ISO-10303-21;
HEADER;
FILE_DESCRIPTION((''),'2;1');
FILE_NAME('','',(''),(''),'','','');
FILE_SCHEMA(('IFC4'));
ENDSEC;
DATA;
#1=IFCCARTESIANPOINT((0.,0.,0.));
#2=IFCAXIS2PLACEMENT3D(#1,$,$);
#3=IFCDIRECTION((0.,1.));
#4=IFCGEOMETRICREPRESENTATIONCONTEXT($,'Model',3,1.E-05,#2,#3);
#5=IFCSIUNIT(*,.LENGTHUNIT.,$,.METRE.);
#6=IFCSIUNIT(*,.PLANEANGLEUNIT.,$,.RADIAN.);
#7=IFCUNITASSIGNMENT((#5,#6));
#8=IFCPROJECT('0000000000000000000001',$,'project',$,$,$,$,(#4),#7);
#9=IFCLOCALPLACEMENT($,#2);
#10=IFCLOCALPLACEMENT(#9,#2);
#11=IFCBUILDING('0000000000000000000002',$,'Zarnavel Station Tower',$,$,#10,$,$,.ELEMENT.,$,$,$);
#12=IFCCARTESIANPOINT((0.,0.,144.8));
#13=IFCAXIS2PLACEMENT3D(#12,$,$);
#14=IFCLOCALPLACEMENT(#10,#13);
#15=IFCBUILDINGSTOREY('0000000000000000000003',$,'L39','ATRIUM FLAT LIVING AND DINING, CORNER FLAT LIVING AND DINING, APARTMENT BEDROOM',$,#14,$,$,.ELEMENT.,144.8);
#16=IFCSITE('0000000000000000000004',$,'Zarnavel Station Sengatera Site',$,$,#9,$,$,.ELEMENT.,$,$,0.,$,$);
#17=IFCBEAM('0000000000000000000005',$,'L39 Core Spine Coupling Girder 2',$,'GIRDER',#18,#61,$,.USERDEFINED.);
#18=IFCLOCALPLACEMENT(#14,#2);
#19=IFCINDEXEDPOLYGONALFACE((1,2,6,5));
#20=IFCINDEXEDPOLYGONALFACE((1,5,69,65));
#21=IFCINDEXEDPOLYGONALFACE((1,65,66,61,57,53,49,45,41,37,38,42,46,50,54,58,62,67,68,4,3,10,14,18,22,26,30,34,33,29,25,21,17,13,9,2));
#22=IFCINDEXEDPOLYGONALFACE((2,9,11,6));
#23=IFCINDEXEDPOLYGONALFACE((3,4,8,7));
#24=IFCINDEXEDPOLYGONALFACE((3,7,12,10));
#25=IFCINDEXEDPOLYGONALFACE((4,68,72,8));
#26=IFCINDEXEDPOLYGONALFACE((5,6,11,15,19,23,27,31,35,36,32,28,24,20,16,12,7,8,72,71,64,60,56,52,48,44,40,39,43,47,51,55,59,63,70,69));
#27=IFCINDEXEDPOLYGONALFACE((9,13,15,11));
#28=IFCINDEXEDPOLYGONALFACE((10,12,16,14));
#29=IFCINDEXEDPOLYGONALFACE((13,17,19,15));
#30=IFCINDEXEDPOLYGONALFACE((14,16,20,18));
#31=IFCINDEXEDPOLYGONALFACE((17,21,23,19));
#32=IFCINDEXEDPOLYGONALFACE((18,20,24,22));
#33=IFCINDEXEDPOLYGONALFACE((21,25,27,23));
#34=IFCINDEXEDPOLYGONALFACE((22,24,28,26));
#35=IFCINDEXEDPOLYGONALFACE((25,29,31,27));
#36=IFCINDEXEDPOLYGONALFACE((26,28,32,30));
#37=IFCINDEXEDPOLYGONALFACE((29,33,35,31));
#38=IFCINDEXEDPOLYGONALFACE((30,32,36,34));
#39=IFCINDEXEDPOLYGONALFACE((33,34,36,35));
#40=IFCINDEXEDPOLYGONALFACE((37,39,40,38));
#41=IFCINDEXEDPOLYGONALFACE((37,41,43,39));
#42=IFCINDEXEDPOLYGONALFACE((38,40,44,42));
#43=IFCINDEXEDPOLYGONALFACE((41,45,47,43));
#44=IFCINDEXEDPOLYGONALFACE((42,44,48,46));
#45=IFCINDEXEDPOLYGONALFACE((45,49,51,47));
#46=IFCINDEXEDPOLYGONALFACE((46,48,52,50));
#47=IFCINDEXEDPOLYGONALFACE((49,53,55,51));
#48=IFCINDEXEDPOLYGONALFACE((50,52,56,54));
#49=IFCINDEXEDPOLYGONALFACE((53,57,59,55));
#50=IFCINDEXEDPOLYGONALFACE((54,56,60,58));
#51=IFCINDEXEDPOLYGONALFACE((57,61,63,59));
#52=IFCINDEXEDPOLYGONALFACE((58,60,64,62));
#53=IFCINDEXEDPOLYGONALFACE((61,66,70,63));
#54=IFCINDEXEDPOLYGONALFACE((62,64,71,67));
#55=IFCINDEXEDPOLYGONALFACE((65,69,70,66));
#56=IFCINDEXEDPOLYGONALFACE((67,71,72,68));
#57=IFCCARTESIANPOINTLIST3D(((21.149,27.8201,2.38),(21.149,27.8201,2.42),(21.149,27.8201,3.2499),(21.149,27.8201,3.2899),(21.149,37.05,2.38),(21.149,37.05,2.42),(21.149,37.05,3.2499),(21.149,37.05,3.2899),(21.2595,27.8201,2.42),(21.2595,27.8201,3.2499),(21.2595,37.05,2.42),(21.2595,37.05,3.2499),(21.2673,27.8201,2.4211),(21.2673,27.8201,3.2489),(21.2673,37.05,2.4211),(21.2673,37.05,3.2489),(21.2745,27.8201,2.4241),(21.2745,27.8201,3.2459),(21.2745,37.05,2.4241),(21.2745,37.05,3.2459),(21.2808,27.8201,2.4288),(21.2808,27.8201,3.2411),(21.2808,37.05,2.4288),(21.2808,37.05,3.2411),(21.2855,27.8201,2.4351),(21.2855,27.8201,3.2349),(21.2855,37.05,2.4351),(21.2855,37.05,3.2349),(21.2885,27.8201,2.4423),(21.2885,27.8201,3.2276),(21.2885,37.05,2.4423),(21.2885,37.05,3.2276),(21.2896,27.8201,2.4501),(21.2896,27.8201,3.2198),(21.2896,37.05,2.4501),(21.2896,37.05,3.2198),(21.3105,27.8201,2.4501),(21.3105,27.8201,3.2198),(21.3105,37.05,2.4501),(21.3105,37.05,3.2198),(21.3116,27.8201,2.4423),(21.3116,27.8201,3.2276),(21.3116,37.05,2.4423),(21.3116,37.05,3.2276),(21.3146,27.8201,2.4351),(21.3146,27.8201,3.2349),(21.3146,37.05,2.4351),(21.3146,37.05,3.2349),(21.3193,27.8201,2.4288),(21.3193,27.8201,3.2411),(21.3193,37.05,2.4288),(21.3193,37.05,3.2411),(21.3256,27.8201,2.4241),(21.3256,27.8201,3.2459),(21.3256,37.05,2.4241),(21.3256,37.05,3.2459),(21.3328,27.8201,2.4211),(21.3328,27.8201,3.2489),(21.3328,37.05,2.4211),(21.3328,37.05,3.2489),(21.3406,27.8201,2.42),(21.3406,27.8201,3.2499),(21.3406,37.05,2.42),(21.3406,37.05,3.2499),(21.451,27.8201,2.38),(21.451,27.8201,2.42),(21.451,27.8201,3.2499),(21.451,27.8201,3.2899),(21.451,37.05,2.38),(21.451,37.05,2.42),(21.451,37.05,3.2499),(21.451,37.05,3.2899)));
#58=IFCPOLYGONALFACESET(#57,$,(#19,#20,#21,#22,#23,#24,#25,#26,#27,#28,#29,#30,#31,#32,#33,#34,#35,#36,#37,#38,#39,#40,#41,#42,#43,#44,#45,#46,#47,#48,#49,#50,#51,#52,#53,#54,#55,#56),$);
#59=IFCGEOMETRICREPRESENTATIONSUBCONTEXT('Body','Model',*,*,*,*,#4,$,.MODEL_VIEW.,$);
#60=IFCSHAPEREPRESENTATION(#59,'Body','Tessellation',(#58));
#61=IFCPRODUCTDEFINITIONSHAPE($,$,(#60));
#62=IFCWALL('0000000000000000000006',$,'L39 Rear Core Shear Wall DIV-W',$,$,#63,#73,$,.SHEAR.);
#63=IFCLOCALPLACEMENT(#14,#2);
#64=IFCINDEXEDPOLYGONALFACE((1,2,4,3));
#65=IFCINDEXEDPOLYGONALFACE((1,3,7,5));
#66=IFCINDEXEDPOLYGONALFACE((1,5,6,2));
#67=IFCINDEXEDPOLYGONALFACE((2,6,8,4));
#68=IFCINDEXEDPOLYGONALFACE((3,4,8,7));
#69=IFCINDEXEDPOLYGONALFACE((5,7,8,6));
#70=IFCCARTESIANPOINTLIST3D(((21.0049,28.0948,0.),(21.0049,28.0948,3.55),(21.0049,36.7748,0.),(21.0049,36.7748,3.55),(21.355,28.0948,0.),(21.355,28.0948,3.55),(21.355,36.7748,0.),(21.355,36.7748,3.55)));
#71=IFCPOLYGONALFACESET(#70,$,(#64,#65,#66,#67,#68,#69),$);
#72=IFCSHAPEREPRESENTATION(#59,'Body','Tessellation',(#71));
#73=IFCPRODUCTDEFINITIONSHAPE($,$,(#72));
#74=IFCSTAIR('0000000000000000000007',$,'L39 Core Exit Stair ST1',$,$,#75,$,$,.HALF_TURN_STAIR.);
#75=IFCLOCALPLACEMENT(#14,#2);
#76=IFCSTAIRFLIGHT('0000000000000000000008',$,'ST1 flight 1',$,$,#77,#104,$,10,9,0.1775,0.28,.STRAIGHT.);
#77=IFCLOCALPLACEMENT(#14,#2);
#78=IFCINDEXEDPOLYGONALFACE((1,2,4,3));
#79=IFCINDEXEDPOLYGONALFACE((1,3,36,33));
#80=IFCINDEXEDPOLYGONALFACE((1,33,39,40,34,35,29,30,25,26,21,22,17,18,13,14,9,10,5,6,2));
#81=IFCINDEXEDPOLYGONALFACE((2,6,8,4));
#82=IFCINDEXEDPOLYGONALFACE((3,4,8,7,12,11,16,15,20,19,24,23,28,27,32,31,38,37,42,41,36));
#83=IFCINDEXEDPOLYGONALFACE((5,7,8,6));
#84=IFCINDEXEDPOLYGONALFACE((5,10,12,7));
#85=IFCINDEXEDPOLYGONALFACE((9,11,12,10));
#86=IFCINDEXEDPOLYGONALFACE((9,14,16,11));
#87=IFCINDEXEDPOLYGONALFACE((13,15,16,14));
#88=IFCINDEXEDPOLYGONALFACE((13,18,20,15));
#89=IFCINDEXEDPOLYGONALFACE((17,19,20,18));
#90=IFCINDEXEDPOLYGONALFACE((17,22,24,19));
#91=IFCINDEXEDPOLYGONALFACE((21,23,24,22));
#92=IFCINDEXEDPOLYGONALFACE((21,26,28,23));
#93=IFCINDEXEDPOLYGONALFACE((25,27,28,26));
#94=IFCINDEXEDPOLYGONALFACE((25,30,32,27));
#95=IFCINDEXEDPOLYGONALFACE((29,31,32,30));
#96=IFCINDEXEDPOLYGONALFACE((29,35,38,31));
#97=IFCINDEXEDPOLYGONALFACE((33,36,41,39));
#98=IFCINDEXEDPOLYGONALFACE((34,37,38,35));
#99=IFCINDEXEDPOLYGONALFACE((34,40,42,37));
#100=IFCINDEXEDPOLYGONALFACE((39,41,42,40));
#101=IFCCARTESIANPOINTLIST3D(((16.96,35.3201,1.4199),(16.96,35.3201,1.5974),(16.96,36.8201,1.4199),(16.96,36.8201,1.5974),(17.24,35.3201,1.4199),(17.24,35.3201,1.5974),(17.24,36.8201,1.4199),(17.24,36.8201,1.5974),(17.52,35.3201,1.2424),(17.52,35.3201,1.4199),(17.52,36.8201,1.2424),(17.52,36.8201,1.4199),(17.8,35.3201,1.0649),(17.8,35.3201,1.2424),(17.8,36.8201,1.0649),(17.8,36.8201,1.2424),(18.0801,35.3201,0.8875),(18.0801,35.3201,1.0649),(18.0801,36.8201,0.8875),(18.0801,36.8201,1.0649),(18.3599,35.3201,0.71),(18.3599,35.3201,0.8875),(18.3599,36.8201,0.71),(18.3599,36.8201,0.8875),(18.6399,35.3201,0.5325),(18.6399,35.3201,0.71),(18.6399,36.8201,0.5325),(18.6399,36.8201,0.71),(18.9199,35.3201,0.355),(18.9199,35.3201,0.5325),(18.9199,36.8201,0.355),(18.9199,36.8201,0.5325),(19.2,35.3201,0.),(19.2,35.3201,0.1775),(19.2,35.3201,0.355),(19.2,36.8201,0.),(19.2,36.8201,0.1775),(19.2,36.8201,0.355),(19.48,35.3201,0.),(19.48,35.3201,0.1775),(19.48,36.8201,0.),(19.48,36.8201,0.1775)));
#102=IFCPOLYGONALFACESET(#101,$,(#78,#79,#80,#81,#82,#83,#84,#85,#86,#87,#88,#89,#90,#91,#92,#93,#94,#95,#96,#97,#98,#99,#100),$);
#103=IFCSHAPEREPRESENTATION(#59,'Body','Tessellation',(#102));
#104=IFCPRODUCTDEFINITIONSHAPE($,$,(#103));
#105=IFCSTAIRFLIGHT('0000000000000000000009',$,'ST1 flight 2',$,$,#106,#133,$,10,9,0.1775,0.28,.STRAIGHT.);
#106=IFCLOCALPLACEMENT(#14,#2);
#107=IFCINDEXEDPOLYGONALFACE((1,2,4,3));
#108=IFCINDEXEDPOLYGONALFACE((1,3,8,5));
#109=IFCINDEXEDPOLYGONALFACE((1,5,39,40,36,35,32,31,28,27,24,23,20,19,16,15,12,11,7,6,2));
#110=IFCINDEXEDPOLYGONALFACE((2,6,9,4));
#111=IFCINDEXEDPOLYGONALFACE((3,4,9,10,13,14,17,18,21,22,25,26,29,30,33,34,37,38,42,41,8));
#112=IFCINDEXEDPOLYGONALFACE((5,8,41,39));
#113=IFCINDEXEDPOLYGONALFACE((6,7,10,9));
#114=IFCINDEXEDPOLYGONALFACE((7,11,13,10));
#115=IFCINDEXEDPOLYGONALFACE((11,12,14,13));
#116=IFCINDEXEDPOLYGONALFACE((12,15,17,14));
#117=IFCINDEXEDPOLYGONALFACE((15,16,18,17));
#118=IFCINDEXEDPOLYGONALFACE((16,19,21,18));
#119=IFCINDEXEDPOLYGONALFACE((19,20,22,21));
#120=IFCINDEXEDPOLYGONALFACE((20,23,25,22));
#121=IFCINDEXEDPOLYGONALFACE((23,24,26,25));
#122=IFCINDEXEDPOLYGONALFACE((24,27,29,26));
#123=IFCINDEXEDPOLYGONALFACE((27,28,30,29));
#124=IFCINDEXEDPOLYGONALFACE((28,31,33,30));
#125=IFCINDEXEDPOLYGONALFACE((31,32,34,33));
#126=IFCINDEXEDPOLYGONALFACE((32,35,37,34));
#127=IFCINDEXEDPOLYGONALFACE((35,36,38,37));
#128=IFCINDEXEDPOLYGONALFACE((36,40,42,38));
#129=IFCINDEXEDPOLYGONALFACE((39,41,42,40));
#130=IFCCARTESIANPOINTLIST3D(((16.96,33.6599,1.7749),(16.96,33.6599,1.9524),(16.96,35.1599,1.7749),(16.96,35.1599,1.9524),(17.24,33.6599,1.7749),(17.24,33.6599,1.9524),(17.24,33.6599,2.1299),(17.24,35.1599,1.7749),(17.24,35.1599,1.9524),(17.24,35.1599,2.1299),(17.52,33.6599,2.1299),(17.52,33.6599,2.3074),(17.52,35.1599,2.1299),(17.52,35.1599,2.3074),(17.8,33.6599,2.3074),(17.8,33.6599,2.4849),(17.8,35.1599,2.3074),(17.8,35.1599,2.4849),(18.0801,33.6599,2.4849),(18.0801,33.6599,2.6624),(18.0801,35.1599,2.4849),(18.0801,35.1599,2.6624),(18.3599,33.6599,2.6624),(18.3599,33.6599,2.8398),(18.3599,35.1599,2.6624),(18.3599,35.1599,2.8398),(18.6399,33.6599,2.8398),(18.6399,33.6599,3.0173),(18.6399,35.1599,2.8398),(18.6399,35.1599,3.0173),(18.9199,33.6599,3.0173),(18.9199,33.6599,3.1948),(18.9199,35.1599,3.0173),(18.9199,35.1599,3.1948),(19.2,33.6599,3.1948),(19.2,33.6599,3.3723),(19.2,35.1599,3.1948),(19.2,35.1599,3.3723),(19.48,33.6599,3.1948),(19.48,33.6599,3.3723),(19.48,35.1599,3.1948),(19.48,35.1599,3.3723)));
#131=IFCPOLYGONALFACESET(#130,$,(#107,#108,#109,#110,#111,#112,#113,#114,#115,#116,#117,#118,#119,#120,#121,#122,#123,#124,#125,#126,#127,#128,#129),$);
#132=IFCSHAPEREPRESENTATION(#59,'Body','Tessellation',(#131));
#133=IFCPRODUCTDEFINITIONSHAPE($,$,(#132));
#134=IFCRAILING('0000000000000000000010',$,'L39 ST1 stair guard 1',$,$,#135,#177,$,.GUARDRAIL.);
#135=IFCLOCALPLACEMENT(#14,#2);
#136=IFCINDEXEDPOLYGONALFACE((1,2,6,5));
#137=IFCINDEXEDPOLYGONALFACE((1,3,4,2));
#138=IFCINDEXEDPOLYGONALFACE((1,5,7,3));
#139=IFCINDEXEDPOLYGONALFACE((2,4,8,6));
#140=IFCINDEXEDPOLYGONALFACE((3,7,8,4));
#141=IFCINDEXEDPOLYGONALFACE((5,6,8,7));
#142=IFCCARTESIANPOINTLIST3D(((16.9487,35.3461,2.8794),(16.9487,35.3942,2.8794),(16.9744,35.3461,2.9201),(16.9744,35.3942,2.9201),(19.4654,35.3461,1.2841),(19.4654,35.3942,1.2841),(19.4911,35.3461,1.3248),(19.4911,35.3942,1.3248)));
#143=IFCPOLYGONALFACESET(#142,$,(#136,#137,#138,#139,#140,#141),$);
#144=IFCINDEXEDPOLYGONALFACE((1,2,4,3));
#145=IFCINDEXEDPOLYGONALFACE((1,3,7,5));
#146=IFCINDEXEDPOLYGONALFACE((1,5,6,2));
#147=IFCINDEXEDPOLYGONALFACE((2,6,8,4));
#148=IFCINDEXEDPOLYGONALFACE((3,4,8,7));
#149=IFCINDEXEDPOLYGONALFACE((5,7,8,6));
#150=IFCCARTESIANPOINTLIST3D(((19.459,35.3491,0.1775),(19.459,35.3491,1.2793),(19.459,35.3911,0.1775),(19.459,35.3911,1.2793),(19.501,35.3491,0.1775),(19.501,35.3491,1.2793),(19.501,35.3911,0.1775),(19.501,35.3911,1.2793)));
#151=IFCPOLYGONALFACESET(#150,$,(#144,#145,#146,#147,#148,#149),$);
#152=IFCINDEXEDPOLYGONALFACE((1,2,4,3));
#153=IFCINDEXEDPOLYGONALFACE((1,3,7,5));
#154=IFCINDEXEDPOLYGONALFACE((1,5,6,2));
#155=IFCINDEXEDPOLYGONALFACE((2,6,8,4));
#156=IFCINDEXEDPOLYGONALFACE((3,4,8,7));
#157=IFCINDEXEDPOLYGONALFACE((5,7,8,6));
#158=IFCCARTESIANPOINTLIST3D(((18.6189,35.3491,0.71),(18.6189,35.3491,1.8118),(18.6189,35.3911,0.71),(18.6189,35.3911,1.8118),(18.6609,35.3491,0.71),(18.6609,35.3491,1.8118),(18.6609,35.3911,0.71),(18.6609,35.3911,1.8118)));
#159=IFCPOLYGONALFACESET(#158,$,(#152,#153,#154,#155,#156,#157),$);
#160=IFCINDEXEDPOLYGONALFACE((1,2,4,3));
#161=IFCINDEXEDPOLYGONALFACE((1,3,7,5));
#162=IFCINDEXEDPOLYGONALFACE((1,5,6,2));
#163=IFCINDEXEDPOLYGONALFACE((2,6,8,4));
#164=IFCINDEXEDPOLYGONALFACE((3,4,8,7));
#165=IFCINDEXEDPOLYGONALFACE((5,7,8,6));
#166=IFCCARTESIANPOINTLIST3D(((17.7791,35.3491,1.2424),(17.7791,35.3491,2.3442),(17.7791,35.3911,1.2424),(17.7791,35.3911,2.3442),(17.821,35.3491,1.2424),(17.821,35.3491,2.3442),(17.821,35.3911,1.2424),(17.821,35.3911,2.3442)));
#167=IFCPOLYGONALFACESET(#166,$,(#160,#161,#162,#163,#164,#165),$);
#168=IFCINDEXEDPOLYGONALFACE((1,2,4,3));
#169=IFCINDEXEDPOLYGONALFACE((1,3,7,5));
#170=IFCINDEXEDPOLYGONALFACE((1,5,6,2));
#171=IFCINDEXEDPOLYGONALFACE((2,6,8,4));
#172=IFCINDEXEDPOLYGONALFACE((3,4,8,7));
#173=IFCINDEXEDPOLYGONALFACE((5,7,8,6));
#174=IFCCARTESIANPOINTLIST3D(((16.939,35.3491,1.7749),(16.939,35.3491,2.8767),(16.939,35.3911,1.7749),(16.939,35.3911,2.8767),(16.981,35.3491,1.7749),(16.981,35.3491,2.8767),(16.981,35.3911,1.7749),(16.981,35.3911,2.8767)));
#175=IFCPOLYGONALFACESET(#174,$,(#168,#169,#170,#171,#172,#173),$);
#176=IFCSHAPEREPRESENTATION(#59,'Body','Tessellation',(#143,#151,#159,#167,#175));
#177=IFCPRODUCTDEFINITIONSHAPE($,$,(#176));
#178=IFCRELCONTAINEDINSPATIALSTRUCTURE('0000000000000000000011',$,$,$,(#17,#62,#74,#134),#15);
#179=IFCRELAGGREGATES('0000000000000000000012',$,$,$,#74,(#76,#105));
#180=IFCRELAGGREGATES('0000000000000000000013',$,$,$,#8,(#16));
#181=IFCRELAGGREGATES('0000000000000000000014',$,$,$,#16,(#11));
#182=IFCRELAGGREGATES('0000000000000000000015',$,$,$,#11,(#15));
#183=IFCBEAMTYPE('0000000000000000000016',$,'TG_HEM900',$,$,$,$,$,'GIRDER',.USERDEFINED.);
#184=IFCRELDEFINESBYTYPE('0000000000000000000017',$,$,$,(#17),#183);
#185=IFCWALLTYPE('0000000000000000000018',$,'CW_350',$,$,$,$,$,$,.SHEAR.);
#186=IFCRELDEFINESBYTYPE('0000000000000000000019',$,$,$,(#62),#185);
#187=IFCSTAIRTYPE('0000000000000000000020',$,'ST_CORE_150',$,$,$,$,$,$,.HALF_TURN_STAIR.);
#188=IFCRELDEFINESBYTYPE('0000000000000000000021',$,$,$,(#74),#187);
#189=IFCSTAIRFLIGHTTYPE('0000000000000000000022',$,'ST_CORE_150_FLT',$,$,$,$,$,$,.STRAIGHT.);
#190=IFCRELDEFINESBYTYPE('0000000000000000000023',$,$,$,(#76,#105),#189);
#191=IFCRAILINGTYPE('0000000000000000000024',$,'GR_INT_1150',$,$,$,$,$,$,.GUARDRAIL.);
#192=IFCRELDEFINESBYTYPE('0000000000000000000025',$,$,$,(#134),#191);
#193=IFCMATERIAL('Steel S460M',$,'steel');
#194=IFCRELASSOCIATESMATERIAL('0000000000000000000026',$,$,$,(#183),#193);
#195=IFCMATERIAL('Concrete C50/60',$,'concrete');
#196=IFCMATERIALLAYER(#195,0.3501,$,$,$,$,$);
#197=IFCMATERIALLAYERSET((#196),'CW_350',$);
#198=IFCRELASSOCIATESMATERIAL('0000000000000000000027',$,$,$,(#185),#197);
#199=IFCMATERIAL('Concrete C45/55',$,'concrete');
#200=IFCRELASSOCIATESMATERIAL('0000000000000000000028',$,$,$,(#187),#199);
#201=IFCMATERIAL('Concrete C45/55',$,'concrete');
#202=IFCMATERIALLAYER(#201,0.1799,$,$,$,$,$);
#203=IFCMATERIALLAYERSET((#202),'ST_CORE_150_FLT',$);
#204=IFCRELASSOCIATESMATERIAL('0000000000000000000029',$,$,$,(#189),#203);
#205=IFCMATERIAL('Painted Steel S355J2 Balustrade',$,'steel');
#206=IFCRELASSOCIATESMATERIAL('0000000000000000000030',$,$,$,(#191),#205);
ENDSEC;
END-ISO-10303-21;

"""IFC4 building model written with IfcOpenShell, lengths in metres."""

from ifc_helpers import new_model, si_unit, direction, frame, frame_2d, origin, origin_2d, place, context, subcontext, project, spatial, polyline, rectangle, i_section, outline, extrude, material, layer, layer_set, material_profile, profile_set, type_object, element, aggregate, save


model = new_model("IFC4")

# Units and contexts
model_context = context("Model", 3, precision=1e-05, world=origin(), true_north=direction((0.0, 1.0)))
body_context = subcontext(model_context, "Body", "Model", "MODEL_VIEW")
ifc_project = project(units=[si_unit("LENGTHUNIT", "METRE"), si_unit("PLANEANGLEUNIT", "RADIAN")], contexts=[model_context])

# Site, building, storey
site_placement = place(None, origin())
site = spatial("IfcSite", under=ifc_project, at=site_placement, Name="Zarnavel Station Sengatera Site", CompositionType="ELEMENT", RefElevation=0.0)
building_placement = place(site_placement, origin())
building = spatial("IfcBuilding", under=site, at=building_placement, Name="Zarnavel Station Tower", CompositionType="ELEMENT")
storey_placement = place(building_placement, frame((0.0, 0.0, 144.8)))
storey = spatial("IfcBuildingStorey", under=building, at=storey_placement, Name="L39", Description="ATRIUM FLAT LIVING AND DINING, CORNER FLAT LIVING AND DINING, APARTMENT BEDROOM", CompositionType="ELEMENT", Elevation=144.8)

# Beam
ifc_material_1 = material(Name="Steel S460M", Category="steel")
ifc_material_profile_1 = material_profile(ifc_material_1, i_section(OverallWidth=0.302, OverallDepth=0.9099, WebThickness=0.021, FlangeThickness=0.04, FilletRadius=0.03, at=origin_2d()), Name="HEM900")
ifc_profile_set_1 = profile_set([ifc_material_profile_1], Name="Steel S460M")
beam_type_1 = type_object("IfcBeamType", Name="TG_HEM900", ElementType="GIRDER", PredefinedType="USERDEFINED", material=ifc_profile_set_1)
beam_1_placement = place(storey_placement, frame((21.3, 27.8201, 2.835), z_axis=(0.0, 1.0, 0.0), x_axis=(-1.0, 0.0, 0.0)))
element("IfcBeam", 1, at=beam_1_placement, inside=storey, type_object=beam_type_1, Name="L39 Core Spine Coupling Girder 2", ObjectType="GIRDER", PredefinedType="USERDEFINED", context=body_context, shape_type="SweptSolid", body=[
    extrude(i_section(OverallWidth=0.302, OverallDepth=0.9099, WebThickness=0.021, FlangeThickness=0.04, FilletRadius=0.03, at=origin_2d()), origin(), (0.0, 0.0, 1.0), 9.23),
])

# Wall
ifc_material_2 = material(Name="Concrete C50/60", Category="concrete")
ifc_layer_1 = layer(ifc_material_2, 0.3501)
ifc_layer_set_1 = layer_set([ifc_layer_1], Name="CW_350")
wall_type_1 = type_object("IfcWallType", Name="CW_350", PredefinedType="SHEAR", material=ifc_layer_set_1)
wall_1_placement = place(storey_placement, frame((21.1799, 28.095, 0.0), z_axis=(0.0, 0.0, 1.0), x_axis=(0.0, 1.0, 0.0)))
element("IfcWall", 2, at=wall_1_placement, inside=storey, type_object=wall_type_1, Name="L39 Rear Core Shear Wall DIV-W", PredefinedType="SHEAR", context=body_context, shape_type="SweptSolid", body=[
    extrude(rectangle(XDim=8.6799, YDim=0.3501, at=frame_2d((4.3398, 0.0))), origin(), (0.0, 0.0, 1.0), 3.55),
])

# Stair, stair flights
ifc_material_3 = material(Name="Concrete C45/55", Category="concrete")
stair_type = type_object("IfcStairType", Name="ST_CORE_150", PredefinedType="HALF_TURN_STAIR", material=ifc_material_3)
stair_placement = place(storey_placement, origin())
stair = element("IfcStair", 3, at=stair_placement, inside=storey, type_object=stair_type, Name="L39 Core Exit Stair ST1", PredefinedType="HALF_TURN_STAIR")
ifc_material_4 = material(Name="Concrete C45/55", Category="concrete")
ifc_layer_2 = layer(ifc_material_4, 0.1799)
ifc_layer_set_2 = layer_set([ifc_layer_2], Name="ST_CORE_150_FLT")
stair_flight_type = type_object("IfcStairFlightType", Name="ST_CORE_150_FLT", PredefinedType="STRAIGHT", material=ifc_layer_set_2)
stair_flight_1_placement = place(storey_placement, frame((19.48, 36.0701, 0.0), z_axis=(0.0, 0.0, 1.0), x_axis=(-1.0, 0.0, 0.0)))
stair_flight_1 = element("IfcStairFlight", 4, at=stair_flight_1_placement, type_object=stair_flight_type, Name="ST1 flight 1", NumberOfRisers=10, NumberOfTreads=9, PredefinedType="STRAIGHT", RiserHeight=0.1775, TreadLength=0.28, context=body_context, shape_type="SweptSolid", body=[
    extrude(outline(polyline([(0.0, 0.0), (0.0, 0.1775), (0.28, 0.1775), (0.28, 0.355), (0.5601, 0.355), (0.5601, 0.5325), (0.8401, 0.5325), (0.8401, 0.71), (1.1201, 0.71), (1.1201, 0.8875), (1.3999, 0.8875), (1.3999, 1.0649), (1.6799, 1.0649), (1.6799, 1.2424), (1.96, 1.2424), (1.96, 1.4199), (2.24, 1.4199), (2.24, 1.5974), (2.52, 1.5974), (2.52, 1.7749), (2.52, 1.4199), (0.28, 0.0), (0.0, 0.0)])), frame((0.0, 0.75, 0.0), z_axis=(0.0, -1.0, 0.0), x_axis=(1.0, 0.0, 0.0)), (0.0, 0.0, 1.0), 1.5),
])
stair_flight_2_placement = place(storey_placement, frame((16.96, 34.4099, 1.7749), z_axis=(0.0, 0.0, 1.0), x_axis=(1.0, 0.0, 0.0)))
stair_flight_2 = element("IfcStairFlight", 5, at=stair_flight_2_placement, type_object=stair_flight_type, Name="ST1 flight 2", NumberOfRisers=10, NumberOfTreads=9, PredefinedType="STRAIGHT", RiserHeight=0.1775, TreadLength=0.28, context=body_context, shape_type="SweptSolid", body=[
    extrude(outline(polyline([(0.0, 0.0), (0.0, 0.1775), (0.28, 0.1775), (0.28, 0.355), (0.5601, 0.355), (0.5601, 0.5325), (0.8401, 0.5325), (0.8401, 0.71), (1.1201, 0.71), (1.1201, 0.8875), (1.3999, 0.8875), (1.3999, 1.0649), (1.6799, 1.0649), (1.6799, 1.2424), (1.96, 1.2424), (1.96, 1.4199), (2.24, 1.4199), (2.24, 1.5974), (2.52, 1.5974), (2.52, 1.7749), (2.52, 1.4199), (0.28, 0.0), (0.0, 0.0)])), frame((0.0, 0.75, 0.0), z_axis=(0.0, -1.0, 0.0), x_axis=(1.0, 0.0, 0.0)), (0.0, 0.0, 1.0), 1.5),
])
aggregate(stair, [stair_flight_1, stair_flight_2])

# Railing
ifc_material_5 = material(Name="Painted Steel S355J2 Balustrade", Category="steel")
railing_type_1 = type_object("IfcRailingType", Name="GR_INT_1150", PredefinedType="GUARDRAIL", material=ifc_material_5)
railing_1_placement = place(storey_placement, frame((19.48, 35.3701, 0.1775)))
element("IfcRailing", 6, at=railing_1_placement, inside=storey, type_object=railing_type_1, Name="L39 ST1 stair guard 1", PredefinedType="GUARDRAIL", context=body_context, shape_type="SweptSolid", body=[
    extrude(rectangle(XDim=0.0481, YDim=0.0481, at=origin_2d()), frame((-0.0017, 0.0, 1.127), z_axis=(-0.844607, 0.0, 0.535387), x_axis=(0.0, -1.0, 0.0)), (0.0, 0.0, 1.0), 2.9797),
    extrude(rectangle(XDim=0.042, YDim=0.042, at=origin_2d()), origin(), (0.0, 0.0, 1.0), 1.1018),
    extrude(rectangle(XDim=0.042, YDim=0.042, at=origin_2d()), frame((-0.8401, 0.0, 0.5325)), (0.0, 0.0, 1.0), 1.1018),
    extrude(rectangle(XDim=0.042, YDim=0.042, at=origin_2d()), frame((-1.6799, 0.0, 1.0649)), (0.0, 0.0, 1.0), 1.1018),
    extrude(rectangle(XDim=0.042, YDim=0.042, at=origin_2d()), frame((-2.52, 0.0, 1.5974)), (0.0, 0.0, 1.0), 1.1018),
])

save(model, "model.ifc")
